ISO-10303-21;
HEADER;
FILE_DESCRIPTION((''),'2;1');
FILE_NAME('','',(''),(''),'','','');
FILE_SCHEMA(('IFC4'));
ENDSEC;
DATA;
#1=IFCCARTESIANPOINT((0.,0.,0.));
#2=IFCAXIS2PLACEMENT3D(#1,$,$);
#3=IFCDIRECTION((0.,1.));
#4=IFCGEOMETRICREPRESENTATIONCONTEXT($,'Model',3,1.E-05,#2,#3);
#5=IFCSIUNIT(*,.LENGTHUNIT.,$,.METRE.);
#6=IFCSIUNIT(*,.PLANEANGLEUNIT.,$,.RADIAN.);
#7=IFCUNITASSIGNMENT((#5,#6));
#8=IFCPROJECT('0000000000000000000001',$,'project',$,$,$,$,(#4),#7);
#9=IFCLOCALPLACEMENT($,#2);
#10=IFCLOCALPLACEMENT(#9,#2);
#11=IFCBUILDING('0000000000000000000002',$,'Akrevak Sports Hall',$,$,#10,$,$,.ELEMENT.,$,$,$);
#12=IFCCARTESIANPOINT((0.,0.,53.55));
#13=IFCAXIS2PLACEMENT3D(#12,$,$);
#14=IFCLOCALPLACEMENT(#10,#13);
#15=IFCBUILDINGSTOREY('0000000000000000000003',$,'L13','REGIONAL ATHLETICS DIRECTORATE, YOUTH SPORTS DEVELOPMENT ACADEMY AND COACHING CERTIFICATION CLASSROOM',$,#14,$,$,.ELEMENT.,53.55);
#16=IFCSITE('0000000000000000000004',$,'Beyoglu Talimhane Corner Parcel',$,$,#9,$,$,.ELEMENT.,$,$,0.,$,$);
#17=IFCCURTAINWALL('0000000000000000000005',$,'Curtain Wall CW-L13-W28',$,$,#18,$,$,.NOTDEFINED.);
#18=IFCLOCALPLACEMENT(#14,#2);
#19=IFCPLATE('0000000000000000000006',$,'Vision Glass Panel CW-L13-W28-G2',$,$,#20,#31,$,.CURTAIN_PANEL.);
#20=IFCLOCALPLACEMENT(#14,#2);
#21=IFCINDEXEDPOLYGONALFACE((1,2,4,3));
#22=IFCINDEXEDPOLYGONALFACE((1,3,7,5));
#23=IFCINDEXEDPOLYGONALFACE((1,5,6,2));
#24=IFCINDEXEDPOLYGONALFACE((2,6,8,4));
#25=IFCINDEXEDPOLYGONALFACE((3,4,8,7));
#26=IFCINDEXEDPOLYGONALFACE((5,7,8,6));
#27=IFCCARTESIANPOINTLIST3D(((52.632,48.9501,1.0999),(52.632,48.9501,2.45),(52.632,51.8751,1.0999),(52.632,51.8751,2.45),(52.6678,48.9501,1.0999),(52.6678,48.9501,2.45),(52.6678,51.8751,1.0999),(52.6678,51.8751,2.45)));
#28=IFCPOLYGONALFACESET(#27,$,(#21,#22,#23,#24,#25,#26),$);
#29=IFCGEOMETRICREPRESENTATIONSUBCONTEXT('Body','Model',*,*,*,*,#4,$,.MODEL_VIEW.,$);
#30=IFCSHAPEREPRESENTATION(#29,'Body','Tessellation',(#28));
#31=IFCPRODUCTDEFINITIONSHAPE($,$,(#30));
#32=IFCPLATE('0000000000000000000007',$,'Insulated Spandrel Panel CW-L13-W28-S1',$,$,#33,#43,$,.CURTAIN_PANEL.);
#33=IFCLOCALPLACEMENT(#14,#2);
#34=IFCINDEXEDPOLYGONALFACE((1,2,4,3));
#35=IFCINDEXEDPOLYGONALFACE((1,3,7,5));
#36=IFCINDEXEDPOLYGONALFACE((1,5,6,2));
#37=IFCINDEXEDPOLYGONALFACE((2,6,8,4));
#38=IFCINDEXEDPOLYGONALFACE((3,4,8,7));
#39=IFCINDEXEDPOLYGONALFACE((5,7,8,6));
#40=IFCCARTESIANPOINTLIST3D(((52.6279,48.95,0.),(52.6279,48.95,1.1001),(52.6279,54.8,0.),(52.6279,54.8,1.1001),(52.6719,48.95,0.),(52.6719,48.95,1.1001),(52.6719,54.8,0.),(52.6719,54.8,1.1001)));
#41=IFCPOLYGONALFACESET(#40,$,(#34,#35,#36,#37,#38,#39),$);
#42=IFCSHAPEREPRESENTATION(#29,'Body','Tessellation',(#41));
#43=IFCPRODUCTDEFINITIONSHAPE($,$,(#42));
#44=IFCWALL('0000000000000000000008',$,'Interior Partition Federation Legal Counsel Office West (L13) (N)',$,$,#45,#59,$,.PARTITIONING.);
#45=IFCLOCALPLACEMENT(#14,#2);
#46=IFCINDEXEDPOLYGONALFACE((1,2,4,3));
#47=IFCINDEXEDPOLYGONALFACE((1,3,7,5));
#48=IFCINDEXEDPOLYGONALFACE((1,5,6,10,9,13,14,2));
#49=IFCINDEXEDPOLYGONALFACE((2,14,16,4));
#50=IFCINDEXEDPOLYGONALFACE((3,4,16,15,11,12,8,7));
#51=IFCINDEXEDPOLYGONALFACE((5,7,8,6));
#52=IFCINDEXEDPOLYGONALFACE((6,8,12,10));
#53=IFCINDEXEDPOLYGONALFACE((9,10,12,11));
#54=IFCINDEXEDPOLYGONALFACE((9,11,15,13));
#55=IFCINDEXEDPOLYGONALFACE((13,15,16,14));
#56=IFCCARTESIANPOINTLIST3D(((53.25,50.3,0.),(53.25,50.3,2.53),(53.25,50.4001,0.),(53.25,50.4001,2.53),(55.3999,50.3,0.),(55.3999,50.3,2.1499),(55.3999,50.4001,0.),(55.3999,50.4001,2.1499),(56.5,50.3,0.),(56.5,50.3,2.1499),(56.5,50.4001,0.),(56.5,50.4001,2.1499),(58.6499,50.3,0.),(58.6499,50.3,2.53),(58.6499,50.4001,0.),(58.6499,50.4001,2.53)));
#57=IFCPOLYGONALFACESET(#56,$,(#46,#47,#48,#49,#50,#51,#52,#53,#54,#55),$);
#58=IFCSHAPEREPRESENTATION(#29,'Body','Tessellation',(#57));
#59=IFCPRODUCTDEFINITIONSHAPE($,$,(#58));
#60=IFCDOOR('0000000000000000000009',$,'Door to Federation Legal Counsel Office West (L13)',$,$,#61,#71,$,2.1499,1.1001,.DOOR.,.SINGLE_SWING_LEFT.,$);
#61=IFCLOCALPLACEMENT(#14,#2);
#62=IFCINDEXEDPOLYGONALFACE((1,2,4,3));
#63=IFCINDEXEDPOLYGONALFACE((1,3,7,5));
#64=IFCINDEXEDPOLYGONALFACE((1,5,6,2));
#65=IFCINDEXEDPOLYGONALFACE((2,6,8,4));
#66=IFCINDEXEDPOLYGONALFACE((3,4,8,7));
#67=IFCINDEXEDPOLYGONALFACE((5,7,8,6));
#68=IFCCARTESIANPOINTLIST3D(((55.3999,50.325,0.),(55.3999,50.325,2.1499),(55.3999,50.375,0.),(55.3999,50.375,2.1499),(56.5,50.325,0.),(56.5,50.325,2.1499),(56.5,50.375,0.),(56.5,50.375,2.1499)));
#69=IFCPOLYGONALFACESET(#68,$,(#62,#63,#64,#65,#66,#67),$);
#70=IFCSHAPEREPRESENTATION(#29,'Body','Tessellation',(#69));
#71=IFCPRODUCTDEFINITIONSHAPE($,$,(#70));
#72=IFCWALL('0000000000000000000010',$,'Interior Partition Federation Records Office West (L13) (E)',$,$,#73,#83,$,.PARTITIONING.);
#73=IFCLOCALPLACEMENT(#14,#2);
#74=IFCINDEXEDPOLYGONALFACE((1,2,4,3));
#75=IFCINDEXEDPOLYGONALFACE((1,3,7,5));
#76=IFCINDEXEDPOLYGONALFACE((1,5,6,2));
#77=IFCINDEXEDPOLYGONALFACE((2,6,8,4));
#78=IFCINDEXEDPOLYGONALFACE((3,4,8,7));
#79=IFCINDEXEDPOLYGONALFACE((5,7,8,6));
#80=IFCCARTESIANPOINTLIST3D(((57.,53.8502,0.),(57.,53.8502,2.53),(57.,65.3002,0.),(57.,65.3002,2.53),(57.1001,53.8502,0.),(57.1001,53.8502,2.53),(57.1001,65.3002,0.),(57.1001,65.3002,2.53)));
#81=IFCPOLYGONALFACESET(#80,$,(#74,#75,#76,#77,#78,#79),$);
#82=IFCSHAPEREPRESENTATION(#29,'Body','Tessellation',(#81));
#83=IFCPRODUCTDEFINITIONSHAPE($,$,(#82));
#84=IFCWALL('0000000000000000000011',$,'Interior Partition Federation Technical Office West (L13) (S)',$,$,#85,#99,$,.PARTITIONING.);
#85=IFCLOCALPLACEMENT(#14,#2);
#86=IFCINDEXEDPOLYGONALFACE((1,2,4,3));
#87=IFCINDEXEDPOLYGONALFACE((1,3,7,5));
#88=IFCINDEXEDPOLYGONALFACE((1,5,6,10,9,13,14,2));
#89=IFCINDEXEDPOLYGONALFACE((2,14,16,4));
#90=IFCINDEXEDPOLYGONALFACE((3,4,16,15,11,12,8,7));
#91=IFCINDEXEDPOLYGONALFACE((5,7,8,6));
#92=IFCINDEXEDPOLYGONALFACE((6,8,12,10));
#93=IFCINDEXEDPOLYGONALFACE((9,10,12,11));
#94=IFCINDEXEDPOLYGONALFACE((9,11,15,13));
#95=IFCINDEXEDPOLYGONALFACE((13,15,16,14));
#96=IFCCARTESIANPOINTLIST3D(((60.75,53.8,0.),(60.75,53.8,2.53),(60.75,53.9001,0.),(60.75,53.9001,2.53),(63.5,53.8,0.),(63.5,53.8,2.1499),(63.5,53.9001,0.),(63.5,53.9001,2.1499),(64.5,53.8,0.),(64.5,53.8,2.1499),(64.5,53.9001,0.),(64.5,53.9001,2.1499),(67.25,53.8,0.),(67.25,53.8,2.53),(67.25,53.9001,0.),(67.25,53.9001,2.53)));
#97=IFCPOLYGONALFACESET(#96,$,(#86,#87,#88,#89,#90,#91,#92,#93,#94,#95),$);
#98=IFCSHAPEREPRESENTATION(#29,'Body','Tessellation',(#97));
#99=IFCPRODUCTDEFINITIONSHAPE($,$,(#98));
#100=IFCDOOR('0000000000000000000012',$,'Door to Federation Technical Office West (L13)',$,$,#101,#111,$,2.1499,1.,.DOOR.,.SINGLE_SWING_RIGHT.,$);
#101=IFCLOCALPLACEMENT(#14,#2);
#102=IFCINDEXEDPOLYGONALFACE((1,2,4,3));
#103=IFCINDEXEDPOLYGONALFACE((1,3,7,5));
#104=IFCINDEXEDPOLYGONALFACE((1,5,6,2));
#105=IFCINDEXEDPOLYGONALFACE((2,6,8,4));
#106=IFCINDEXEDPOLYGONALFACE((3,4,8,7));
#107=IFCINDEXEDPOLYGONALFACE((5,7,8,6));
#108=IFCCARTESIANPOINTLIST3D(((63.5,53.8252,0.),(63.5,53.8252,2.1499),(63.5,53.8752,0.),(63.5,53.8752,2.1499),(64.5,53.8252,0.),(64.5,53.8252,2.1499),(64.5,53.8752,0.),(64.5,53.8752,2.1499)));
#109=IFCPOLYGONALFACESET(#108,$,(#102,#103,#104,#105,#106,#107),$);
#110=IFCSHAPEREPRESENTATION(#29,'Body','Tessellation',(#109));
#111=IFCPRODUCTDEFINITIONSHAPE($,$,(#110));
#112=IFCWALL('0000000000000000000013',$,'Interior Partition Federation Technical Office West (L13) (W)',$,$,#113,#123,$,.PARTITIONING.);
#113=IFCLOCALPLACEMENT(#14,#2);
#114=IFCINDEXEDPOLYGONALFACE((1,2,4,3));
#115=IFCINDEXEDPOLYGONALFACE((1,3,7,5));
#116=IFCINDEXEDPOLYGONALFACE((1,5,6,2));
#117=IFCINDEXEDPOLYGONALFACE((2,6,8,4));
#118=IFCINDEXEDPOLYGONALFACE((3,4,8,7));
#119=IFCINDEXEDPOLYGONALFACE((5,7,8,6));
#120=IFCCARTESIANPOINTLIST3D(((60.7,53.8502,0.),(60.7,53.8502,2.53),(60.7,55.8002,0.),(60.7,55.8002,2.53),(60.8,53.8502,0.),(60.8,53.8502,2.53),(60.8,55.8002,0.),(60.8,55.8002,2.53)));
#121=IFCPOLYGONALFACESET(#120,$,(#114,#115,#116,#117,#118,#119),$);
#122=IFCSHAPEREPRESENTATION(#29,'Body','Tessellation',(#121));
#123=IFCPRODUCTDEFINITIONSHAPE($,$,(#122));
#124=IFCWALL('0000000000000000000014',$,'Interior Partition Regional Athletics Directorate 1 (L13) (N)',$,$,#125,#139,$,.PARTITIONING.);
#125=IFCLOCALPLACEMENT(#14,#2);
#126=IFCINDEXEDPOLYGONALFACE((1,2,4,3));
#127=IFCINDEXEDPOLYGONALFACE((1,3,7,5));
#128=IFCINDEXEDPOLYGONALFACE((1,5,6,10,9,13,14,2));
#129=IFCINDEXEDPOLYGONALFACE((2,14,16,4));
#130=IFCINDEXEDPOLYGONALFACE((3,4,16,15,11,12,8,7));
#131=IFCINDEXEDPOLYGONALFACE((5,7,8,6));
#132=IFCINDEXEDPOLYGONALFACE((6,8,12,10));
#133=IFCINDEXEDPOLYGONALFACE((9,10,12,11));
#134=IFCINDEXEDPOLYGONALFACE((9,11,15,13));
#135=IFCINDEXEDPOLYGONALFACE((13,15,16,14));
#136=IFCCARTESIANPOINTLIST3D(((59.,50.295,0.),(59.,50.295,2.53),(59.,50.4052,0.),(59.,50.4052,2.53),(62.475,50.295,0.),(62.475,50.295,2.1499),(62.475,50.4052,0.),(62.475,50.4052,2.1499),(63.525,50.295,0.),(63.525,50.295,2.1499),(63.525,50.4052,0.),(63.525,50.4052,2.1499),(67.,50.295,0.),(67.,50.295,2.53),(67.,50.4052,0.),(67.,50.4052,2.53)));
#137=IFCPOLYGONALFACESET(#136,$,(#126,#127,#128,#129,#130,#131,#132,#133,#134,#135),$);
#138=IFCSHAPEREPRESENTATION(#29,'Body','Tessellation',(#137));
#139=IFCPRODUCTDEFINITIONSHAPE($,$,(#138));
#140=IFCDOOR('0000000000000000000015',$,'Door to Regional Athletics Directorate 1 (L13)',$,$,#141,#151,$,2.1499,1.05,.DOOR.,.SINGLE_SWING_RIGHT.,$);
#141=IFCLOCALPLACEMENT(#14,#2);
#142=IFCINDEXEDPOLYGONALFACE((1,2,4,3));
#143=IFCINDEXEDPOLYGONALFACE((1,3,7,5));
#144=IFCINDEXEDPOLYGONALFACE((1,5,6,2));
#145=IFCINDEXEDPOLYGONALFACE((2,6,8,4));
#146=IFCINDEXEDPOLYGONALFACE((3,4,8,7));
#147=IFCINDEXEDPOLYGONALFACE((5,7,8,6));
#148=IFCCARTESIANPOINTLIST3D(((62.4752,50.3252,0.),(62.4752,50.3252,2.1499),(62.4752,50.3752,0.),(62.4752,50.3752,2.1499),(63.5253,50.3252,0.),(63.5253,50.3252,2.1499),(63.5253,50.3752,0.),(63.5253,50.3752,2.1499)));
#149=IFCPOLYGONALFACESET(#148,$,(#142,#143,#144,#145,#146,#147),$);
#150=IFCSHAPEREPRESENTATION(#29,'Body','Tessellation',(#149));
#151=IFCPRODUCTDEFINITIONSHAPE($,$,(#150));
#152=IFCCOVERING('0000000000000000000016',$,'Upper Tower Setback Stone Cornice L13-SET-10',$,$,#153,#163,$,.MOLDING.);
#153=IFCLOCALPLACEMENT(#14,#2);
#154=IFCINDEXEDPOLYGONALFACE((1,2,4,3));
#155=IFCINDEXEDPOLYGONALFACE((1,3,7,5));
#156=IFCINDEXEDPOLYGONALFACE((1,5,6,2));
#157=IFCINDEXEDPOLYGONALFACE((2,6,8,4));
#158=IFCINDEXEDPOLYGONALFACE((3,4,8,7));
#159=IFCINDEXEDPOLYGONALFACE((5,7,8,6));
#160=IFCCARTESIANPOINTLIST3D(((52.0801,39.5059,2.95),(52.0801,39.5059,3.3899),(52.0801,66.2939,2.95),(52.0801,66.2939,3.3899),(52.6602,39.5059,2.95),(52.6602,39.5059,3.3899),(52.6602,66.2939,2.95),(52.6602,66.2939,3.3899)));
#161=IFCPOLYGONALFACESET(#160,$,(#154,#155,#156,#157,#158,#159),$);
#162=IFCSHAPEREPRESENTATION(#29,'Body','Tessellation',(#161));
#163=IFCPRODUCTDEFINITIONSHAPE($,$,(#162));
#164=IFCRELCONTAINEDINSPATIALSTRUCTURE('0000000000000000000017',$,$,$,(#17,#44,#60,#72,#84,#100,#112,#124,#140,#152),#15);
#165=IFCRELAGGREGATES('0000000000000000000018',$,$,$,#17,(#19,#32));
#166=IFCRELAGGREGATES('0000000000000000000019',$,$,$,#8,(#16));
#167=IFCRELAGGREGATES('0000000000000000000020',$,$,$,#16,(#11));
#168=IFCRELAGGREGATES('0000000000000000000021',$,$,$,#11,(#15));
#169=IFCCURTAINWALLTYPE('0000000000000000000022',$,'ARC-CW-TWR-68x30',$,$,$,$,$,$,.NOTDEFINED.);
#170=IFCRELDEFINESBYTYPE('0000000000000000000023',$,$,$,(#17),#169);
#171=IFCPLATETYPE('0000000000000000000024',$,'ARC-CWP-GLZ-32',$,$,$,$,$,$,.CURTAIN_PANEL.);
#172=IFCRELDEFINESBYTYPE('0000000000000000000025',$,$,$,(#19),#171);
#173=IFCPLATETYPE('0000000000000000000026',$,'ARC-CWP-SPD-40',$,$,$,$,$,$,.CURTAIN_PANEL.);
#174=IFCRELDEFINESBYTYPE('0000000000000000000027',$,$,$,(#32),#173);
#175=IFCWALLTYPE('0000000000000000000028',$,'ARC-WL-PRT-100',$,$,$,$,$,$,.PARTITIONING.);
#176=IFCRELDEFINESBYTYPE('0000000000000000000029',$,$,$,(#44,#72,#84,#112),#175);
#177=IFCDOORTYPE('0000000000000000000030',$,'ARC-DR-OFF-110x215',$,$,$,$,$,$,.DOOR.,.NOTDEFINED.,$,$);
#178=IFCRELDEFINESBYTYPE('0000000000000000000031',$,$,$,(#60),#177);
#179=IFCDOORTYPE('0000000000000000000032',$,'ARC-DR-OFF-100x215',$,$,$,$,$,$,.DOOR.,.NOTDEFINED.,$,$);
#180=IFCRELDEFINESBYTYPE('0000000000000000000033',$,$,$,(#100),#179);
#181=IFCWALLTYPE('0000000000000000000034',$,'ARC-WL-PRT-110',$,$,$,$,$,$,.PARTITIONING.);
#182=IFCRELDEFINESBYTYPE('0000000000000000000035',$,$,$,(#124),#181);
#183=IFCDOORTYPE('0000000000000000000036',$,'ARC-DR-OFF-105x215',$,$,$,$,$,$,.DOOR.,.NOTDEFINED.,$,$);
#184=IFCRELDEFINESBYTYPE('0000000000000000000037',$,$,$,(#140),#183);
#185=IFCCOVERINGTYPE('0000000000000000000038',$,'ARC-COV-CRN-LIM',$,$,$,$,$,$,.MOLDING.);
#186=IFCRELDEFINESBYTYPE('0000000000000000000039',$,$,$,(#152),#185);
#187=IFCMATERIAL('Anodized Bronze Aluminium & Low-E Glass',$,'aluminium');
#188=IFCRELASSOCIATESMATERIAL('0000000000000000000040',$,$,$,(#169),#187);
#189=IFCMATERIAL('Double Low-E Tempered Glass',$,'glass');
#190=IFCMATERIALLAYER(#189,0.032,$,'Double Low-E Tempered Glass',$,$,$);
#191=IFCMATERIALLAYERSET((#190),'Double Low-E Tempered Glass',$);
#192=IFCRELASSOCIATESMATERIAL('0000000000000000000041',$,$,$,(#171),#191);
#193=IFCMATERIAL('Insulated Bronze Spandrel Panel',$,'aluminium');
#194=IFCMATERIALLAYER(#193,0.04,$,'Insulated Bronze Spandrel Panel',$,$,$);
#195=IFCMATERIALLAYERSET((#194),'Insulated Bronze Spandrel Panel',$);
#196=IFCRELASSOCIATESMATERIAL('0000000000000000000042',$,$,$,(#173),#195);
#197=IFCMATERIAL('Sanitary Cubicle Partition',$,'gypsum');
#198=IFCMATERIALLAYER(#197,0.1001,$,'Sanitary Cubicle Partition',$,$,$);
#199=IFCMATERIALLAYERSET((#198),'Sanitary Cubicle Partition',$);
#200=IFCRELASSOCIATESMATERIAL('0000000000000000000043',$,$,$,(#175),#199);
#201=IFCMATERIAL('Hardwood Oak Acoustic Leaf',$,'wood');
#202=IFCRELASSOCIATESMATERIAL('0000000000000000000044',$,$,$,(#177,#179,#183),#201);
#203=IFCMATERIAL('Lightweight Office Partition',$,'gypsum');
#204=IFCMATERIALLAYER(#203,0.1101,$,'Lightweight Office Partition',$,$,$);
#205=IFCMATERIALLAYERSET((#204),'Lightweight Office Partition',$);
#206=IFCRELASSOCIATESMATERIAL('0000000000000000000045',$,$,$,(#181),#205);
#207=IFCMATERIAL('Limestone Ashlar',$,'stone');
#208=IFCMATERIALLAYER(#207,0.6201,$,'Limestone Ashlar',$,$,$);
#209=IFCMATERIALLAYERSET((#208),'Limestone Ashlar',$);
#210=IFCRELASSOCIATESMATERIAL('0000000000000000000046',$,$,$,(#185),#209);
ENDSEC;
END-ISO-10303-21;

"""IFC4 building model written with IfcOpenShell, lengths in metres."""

from ifc_helpers import new_model, si_unit, direction, frame, frame_2d, origin, origin_2d, place, context, subcontext, project, spatial, rectangle, extrude, material, layer, layer_set, type_object, element, fill, aggregate, save


model = new_model("IFC4")

# Units and contexts
model_context = context("Model", 3, precision=1e-05, world=origin(), true_north=direction((0.0, 1.0)))
body_context = subcontext(model_context, "Body", "Model", "MODEL_VIEW")
ifc_project = project(units=[si_unit("LENGTHUNIT", "METRE"), si_unit("PLANEANGLEUNIT", "RADIAN")], contexts=[model_context])

# Site, building, storey
site_placement = place(None, origin())
site = spatial("IfcSite", under=ifc_project, at=site_placement, Name="Beyoglu Talimhane Corner Parcel", CompositionType="ELEMENT", RefElevation=0.0)
building_placement = place(site_placement, origin())
building = spatial("IfcBuilding", under=site, at=building_placement, Name="Akrevak Sports Hall", CompositionType="ELEMENT")
storey_placement = place(building_placement, frame((0.0, 0.0, 53.55)))
storey = spatial("IfcBuildingStorey", under=building, at=storey_placement, Name="L13", Description="REGIONAL ATHLETICS DIRECTORATE, YOUTH SPORTS DEVELOPMENT ACADEMY AND COACHING CERTIFICATION CLASSROOM", CompositionType="ELEMENT", Elevation=53.55)

# Curtain wall
ifc_material_1 = material(Name="Anodized Bronze Aluminium & Low-E Glass", Category="aluminium")
curtain_wall_type = type_object("IfcCurtainWallType", Name="ARC-CW-TWR-68x30", PredefinedType="NOTDEFINED", material=ifc_material_1)
curtain_wall_placement = place(storey_placement, origin())
curtain_wall = element("IfcCurtainWall", 1, at=curtain_wall_placement, inside=storey, type_object=curtain_wall_type, Name="Curtain Wall CW-L13-W28", PredefinedType="NOTDEFINED")

# Plates
ifc_material_2 = material(Name="Double Low-E Tempered Glass", Category="glass")
ifc_layer_1 = layer(ifc_material_2, 0.032, Name="Double Low-E Tempered Glass")
ifc_layer_set_1 = layer_set([ifc_layer_1], Name="Double Low-E Tempered Glass")
plate_type_1 = type_object("IfcPlateType", Name="ARC-CWP-GLZ-32", PredefinedType="CURTAIN_PANEL", material=ifc_layer_set_1)
plate_1_placement = place(storey_placement, frame((52.6499, 50.4126, 1.0999), z_axis=(0.0, 0.0, 1.0), x_axis=(0.0, -1.0, 0.0)))
plate_1 = element("IfcPlate", 2, at=plate_1_placement, type_object=plate_type_1, Name="Vision Glass Panel CW-L13-W28-G2", PredefinedType="CURTAIN_PANEL", context=body_context, shape_type="SweptSolid", body=[
    extrude(rectangle(XDim=2.925, YDim=0.0359, at=origin_2d()), origin(), (0.0, 0.0, 1.0), 1.3501),
])
ifc_material_3 = material(Name="Insulated Bronze Spandrel Panel", Category="aluminium")
ifc_layer_2 = layer(ifc_material_3, 0.04, Name="Insulated Bronze Spandrel Panel")
ifc_layer_set_2 = layer_set([ifc_layer_2], Name="Insulated Bronze Spandrel Panel")
plate_type_2 = type_object("IfcPlateType", Name="ARC-CWP-SPD-40", PredefinedType="CURTAIN_PANEL", material=ifc_layer_set_2)
plate_2_placement = place(storey_placement, frame((52.6499, 51.875, 0.0), z_axis=(0.0, 0.0, 1.0), x_axis=(0.0, -1.0, 0.0)))
plate_2 = element("IfcPlate", 3, at=plate_2_placement, type_object=plate_type_2, Name="Insulated Spandrel Panel CW-L13-W28-S1", PredefinedType="CURTAIN_PANEL", context=body_context, shape_type="SweptSolid", body=[
    extrude(rectangle(XDim=5.8501, YDim=0.0439, at=origin_2d()), origin(), (0.0, 0.0, 1.0), 1.1001),
])
aggregate(curtain_wall, [plate_1, plate_2])

# Wall, opening, door
ifc_material_4 = material(Name="Sanitary Cubicle Partition", Category="gypsum")
ifc_layer_3 = layer(ifc_material_4, 0.1001, Name="Sanitary Cubicle Partition")
ifc_layer_set_3 = layer_set([ifc_layer_3], Name="Sanitary Cubicle Partition")
wall_type_1 = type_object("IfcWallType", Name="ARC-WL-PRT-100", PredefinedType="PARTITIONING", material=ifc_layer_set_3)
wall_1_placement = place(storey_placement, frame((53.25, 50.3501, 0.0), z_axis=(0.0, 0.0, 1.0), x_axis=(1.0, 0.0, 0.0)))
wall_1 = element("IfcWall", 4, at=wall_1_placement, inside=storey, type_object=wall_type_1, Name="Interior Partition Federation Legal Counsel Office West (L13) (N)", PredefinedType="PARTITIONING", context=body_context, shape_type="SweptSolid", body=[
    extrude(rectangle(XDim=5.3999, YDim=0.1001, at=frame_2d((2.7, 0.0))), origin(), (0.0, 0.0, 1.0), 2.53),
])
opening_1_placement = place(wall_1_placement, frame((2.1499, 0.0, 0.0)))
opening_1 = element("IfcOpeningElement", 5, at=opening_1_placement, cuts=wall_1, PredefinedType="OPENING", context=body_context, shape_type="SweptSolid", body=[
    extrude(rectangle(XDim=1.1001, YDim=2.1499, at=frame_2d((0.55, 1.075))), frame((0.0, 0.062, 0.0), z_axis=(0.0, -1.0, 0.0), x_axis=(1.0, 0.0, 0.0)), (0.0, 0.0, 1.0), 0.124),
])
ifc_material_5 = material(Name="Hardwood Oak Acoustic Leaf", Category="wood")
door_type_1 = type_object("IfcDoorType", Name="ARC-DR-OFF-110x215", OperationType="NOTDEFINED", PredefinedType="DOOR", material=ifc_material_5)
door_1_placement = place(opening_1_placement, origin())
door_1 = element("IfcDoor", 6, at=door_1_placement, inside=storey, type_object=door_type_1, Name="Door to Federation Legal Counsel Office West (L13)", OperationType="SINGLE_SWING_LEFT", OverallHeight=2.1499, OverallWidth=1.1001, PredefinedType="DOOR", context=body_context, shape_type="SweptSolid", body=[
    extrude(rectangle(XDim=1.1001, YDim=2.1499, at=frame_2d((0.55, 1.075))), frame((0.0, 0.0249, 0.0), z_axis=(0.0, -1.0, 0.0), x_axis=(1.0, 0.0, 0.0)), (0.0, 0.0, 1.0), 0.05),
])
fill(opening_1, door_1)
door_type_2 = type_object("IfcDoorType", Name="ARC-DR-OFF-100x215", OperationType="NOTDEFINED", PredefinedType="DOOR", material=ifc_material_5)

# Wall
wall_2_placement = place(storey_placement, frame((57.05, 53.8501, 0.0), z_axis=(0.0, 0.0, 1.0), x_axis=(0.0, 1.0, 0.0)))
element("IfcWall", 7, at=wall_2_placement, inside=storey, type_object=wall_type_1, Name="Interior Partition Federation Records Office West (L13) (E)", PredefinedType="PARTITIONING", context=body_context, shape_type="SweptSolid", body=[
    extrude(rectangle(XDim=11.45, YDim=0.1001, at=frame_2d((5.7251, 0.0))), origin(), (0.0, 0.0, 1.0), 2.53),
])

# Wall, opening, door
wall_3_placement = place(storey_placement, frame((60.75, 53.8501, 0.0), z_axis=(0.0, 0.0, 1.0), x_axis=(1.0, 0.0, 0.0)))
wall_3 = element("IfcWall", 8, at=wall_3_placement, inside=storey, type_object=wall_type_1, Name="Interior Partition Federation Technical Office West (L13) (S)", PredefinedType="PARTITIONING", context=body_context, shape_type="SweptSolid", body=[
    extrude(rectangle(XDim=6.5, YDim=0.1001, at=frame_2d((3.25, 0.0))), origin(), (0.0, 0.0, 1.0), 2.53),
])
opening_2_placement = place(wall_3_placement, frame((2.75, 0.0, 0.0)))
opening_2 = element("IfcOpeningElement", 9, at=opening_2_placement, cuts=wall_3, PredefinedType="OPENING", context=body_context, shape_type="SweptSolid", body=[
    extrude(rectangle(XDim=1.0, YDim=2.1499, at=frame_2d((0.5, 1.075))), frame((0.0, 0.062, 0.0), z_axis=(0.0, -1.0, 0.0), x_axis=(1.0, 0.0, 0.0)), (0.0, 0.0, 1.0), 0.124),
])
door_2_placement = place(opening_2_placement, frame((1.0, 0.0, 0.0), z_axis=(0.0, 0.0, 1.0), x_axis=(-1.0, 0.0, 0.0)))
door_2 = element("IfcDoor", 10, at=door_2_placement, inside=storey, type_object=door_type_2, Name="Door to Federation Technical Office West (L13)", OperationType="SINGLE_SWING_RIGHT", OverallHeight=2.1499, OverallWidth=1.0, PredefinedType="DOOR", context=body_context, shape_type="SweptSolid", body=[
    extrude(rectangle(XDim=1.0, YDim=2.1499, at=frame_2d((0.5, 1.075))), frame((0.0, 0.0249, 0.0), z_axis=(0.0, -1.0, 0.0), x_axis=(1.0, 0.0, 0.0)), (0.0, 0.0, 1.0), 0.05),
])
fill(opening_2, door_2)

# Wall
wall_4_placement = place(storey_placement, frame((60.75, 53.8501, 0.0), z_axis=(0.0, 0.0, 1.0), x_axis=(0.0, 1.0, 0.0)))
element("IfcWall", 11, at=wall_4_placement, inside=storey, type_object=wall_type_1, Name="Interior Partition Federation Technical Office West (L13) (W)", PredefinedType="PARTITIONING", context=body_context, shape_type="SweptSolid", body=[
    extrude(rectangle(XDim=1.95, YDim=0.1001, at=frame_2d((0.9751, 0.0))), origin(), (0.0, 0.0, 1.0), 2.53),
])

# Wall, opening, door
ifc_material_6 = material(Name="Lightweight Office Partition", Category="gypsum")
ifc_layer_4 = layer(ifc_material_6, 0.1101, Name="Lightweight Office Partition")
ifc_layer_set_4 = layer_set([ifc_layer_4], Name="Lightweight Office Partition")
wall_type_2 = type_object("IfcWallType", Name="ARC-WL-PRT-110", PredefinedType="PARTITIONING", material=ifc_layer_set_4)
wall_5_placement = place(storey_placement, frame((59.0, 50.3501, 0.0), z_axis=(0.0, 0.0, 1.0), x_axis=(1.0, 0.0, 0.0)))
wall_5 = element("IfcWall", 12, at=wall_5_placement, inside=storey, type_object=wall_type_2, Name="Interior Partition Regional Athletics Directorate 1 (L13) (N)", PredefinedType="PARTITIONING", context=body_context, shape_type="SweptSolid", body=[
    extrude(rectangle(XDim=8.0, YDim=0.1101, at=frame_2d((4.0, 0.0))), origin(), (0.0, 0.0, 1.0), 2.53),
])
opening_3_placement = place(wall_5_placement, frame((3.4751, 0.0, 0.0)))
opening_3 = element("IfcOpeningElement", 13, at=opening_3_placement, cuts=wall_5, PredefinedType="OPENING", context=body_context, shape_type="SweptSolid", body=[
    extrude(rectangle(XDim=1.05, YDim=2.1499, at=frame_2d((0.5249, 1.075))), frame((0.0, 0.0669, 0.0), z_axis=(0.0, -1.0, 0.0), x_axis=(1.0, 0.0, 0.0)), (0.0, 0.0, 1.0), 0.134),
])
door_type_3 = type_object("IfcDoorType", Name="ARC-DR-OFF-105x215", OperationType="NOTDEFINED", PredefinedType="DOOR", material=ifc_material_5)
door_3_placement = place(opening_3_placement, frame((1.05, 0.0, 0.0), z_axis=(0.0, 0.0, 1.0), x_axis=(-1.0, 0.0, 0.0)))
door_3 = element("IfcDoor", 14, at=door_3_placement, inside=storey, type_object=door_type_3, Name="Door to Regional Athletics Directorate 1 (L13)", OperationType="SINGLE_SWING_RIGHT", OverallHeight=2.1499, OverallWidth=1.05, PredefinedType="DOOR", context=body_context, shape_type="SweptSolid", body=[
    extrude(rectangle(XDim=1.05, YDim=2.1499, at=frame_2d((0.5249, 1.075))), frame((0.0, 0.0249, 0.0), z_axis=(0.0, -1.0, 0.0), x_axis=(1.0, 0.0, 0.0)), (0.0, 0.0, 1.0), 0.05),
])
fill(opening_3, door_3)

# Covering
ifc_material_7 = material(Name="Limestone Ashlar", Category="stone")
ifc_layer_5 = layer(ifc_material_7, 0.6201, Name="Limestone Ashlar")
ifc_layer_set_5 = layer_set([ifc_layer_5], Name="Limestone Ashlar")
covering_type_1 = type_object("IfcCoveringType", Name="ARC-COV-CRN-LIM", PredefinedType="MOLDING", material=ifc_layer_set_5)
covering_1_placement = place(storey_placement, frame((52.3701, 52.8999, 2.95), z_axis=(0.0, 0.0, 1.0), x_axis=(0.0, -1.0, 0.0)))
element("IfcCovering", 15, at=covering_1_placement, inside=storey, type_object=covering_type_1, Name="Upper Tower Setback Stone Cornice L13-SET-10", PredefinedType="MOLDING", context=body_context, shape_type="SweptSolid", body=[
    extrude(rectangle(XDim=26.7881, YDim=0.5801, at=origin_2d()), origin(), (0.0, 0.0, 1.0), 0.4399),
])

save(model, "model.ifc")
